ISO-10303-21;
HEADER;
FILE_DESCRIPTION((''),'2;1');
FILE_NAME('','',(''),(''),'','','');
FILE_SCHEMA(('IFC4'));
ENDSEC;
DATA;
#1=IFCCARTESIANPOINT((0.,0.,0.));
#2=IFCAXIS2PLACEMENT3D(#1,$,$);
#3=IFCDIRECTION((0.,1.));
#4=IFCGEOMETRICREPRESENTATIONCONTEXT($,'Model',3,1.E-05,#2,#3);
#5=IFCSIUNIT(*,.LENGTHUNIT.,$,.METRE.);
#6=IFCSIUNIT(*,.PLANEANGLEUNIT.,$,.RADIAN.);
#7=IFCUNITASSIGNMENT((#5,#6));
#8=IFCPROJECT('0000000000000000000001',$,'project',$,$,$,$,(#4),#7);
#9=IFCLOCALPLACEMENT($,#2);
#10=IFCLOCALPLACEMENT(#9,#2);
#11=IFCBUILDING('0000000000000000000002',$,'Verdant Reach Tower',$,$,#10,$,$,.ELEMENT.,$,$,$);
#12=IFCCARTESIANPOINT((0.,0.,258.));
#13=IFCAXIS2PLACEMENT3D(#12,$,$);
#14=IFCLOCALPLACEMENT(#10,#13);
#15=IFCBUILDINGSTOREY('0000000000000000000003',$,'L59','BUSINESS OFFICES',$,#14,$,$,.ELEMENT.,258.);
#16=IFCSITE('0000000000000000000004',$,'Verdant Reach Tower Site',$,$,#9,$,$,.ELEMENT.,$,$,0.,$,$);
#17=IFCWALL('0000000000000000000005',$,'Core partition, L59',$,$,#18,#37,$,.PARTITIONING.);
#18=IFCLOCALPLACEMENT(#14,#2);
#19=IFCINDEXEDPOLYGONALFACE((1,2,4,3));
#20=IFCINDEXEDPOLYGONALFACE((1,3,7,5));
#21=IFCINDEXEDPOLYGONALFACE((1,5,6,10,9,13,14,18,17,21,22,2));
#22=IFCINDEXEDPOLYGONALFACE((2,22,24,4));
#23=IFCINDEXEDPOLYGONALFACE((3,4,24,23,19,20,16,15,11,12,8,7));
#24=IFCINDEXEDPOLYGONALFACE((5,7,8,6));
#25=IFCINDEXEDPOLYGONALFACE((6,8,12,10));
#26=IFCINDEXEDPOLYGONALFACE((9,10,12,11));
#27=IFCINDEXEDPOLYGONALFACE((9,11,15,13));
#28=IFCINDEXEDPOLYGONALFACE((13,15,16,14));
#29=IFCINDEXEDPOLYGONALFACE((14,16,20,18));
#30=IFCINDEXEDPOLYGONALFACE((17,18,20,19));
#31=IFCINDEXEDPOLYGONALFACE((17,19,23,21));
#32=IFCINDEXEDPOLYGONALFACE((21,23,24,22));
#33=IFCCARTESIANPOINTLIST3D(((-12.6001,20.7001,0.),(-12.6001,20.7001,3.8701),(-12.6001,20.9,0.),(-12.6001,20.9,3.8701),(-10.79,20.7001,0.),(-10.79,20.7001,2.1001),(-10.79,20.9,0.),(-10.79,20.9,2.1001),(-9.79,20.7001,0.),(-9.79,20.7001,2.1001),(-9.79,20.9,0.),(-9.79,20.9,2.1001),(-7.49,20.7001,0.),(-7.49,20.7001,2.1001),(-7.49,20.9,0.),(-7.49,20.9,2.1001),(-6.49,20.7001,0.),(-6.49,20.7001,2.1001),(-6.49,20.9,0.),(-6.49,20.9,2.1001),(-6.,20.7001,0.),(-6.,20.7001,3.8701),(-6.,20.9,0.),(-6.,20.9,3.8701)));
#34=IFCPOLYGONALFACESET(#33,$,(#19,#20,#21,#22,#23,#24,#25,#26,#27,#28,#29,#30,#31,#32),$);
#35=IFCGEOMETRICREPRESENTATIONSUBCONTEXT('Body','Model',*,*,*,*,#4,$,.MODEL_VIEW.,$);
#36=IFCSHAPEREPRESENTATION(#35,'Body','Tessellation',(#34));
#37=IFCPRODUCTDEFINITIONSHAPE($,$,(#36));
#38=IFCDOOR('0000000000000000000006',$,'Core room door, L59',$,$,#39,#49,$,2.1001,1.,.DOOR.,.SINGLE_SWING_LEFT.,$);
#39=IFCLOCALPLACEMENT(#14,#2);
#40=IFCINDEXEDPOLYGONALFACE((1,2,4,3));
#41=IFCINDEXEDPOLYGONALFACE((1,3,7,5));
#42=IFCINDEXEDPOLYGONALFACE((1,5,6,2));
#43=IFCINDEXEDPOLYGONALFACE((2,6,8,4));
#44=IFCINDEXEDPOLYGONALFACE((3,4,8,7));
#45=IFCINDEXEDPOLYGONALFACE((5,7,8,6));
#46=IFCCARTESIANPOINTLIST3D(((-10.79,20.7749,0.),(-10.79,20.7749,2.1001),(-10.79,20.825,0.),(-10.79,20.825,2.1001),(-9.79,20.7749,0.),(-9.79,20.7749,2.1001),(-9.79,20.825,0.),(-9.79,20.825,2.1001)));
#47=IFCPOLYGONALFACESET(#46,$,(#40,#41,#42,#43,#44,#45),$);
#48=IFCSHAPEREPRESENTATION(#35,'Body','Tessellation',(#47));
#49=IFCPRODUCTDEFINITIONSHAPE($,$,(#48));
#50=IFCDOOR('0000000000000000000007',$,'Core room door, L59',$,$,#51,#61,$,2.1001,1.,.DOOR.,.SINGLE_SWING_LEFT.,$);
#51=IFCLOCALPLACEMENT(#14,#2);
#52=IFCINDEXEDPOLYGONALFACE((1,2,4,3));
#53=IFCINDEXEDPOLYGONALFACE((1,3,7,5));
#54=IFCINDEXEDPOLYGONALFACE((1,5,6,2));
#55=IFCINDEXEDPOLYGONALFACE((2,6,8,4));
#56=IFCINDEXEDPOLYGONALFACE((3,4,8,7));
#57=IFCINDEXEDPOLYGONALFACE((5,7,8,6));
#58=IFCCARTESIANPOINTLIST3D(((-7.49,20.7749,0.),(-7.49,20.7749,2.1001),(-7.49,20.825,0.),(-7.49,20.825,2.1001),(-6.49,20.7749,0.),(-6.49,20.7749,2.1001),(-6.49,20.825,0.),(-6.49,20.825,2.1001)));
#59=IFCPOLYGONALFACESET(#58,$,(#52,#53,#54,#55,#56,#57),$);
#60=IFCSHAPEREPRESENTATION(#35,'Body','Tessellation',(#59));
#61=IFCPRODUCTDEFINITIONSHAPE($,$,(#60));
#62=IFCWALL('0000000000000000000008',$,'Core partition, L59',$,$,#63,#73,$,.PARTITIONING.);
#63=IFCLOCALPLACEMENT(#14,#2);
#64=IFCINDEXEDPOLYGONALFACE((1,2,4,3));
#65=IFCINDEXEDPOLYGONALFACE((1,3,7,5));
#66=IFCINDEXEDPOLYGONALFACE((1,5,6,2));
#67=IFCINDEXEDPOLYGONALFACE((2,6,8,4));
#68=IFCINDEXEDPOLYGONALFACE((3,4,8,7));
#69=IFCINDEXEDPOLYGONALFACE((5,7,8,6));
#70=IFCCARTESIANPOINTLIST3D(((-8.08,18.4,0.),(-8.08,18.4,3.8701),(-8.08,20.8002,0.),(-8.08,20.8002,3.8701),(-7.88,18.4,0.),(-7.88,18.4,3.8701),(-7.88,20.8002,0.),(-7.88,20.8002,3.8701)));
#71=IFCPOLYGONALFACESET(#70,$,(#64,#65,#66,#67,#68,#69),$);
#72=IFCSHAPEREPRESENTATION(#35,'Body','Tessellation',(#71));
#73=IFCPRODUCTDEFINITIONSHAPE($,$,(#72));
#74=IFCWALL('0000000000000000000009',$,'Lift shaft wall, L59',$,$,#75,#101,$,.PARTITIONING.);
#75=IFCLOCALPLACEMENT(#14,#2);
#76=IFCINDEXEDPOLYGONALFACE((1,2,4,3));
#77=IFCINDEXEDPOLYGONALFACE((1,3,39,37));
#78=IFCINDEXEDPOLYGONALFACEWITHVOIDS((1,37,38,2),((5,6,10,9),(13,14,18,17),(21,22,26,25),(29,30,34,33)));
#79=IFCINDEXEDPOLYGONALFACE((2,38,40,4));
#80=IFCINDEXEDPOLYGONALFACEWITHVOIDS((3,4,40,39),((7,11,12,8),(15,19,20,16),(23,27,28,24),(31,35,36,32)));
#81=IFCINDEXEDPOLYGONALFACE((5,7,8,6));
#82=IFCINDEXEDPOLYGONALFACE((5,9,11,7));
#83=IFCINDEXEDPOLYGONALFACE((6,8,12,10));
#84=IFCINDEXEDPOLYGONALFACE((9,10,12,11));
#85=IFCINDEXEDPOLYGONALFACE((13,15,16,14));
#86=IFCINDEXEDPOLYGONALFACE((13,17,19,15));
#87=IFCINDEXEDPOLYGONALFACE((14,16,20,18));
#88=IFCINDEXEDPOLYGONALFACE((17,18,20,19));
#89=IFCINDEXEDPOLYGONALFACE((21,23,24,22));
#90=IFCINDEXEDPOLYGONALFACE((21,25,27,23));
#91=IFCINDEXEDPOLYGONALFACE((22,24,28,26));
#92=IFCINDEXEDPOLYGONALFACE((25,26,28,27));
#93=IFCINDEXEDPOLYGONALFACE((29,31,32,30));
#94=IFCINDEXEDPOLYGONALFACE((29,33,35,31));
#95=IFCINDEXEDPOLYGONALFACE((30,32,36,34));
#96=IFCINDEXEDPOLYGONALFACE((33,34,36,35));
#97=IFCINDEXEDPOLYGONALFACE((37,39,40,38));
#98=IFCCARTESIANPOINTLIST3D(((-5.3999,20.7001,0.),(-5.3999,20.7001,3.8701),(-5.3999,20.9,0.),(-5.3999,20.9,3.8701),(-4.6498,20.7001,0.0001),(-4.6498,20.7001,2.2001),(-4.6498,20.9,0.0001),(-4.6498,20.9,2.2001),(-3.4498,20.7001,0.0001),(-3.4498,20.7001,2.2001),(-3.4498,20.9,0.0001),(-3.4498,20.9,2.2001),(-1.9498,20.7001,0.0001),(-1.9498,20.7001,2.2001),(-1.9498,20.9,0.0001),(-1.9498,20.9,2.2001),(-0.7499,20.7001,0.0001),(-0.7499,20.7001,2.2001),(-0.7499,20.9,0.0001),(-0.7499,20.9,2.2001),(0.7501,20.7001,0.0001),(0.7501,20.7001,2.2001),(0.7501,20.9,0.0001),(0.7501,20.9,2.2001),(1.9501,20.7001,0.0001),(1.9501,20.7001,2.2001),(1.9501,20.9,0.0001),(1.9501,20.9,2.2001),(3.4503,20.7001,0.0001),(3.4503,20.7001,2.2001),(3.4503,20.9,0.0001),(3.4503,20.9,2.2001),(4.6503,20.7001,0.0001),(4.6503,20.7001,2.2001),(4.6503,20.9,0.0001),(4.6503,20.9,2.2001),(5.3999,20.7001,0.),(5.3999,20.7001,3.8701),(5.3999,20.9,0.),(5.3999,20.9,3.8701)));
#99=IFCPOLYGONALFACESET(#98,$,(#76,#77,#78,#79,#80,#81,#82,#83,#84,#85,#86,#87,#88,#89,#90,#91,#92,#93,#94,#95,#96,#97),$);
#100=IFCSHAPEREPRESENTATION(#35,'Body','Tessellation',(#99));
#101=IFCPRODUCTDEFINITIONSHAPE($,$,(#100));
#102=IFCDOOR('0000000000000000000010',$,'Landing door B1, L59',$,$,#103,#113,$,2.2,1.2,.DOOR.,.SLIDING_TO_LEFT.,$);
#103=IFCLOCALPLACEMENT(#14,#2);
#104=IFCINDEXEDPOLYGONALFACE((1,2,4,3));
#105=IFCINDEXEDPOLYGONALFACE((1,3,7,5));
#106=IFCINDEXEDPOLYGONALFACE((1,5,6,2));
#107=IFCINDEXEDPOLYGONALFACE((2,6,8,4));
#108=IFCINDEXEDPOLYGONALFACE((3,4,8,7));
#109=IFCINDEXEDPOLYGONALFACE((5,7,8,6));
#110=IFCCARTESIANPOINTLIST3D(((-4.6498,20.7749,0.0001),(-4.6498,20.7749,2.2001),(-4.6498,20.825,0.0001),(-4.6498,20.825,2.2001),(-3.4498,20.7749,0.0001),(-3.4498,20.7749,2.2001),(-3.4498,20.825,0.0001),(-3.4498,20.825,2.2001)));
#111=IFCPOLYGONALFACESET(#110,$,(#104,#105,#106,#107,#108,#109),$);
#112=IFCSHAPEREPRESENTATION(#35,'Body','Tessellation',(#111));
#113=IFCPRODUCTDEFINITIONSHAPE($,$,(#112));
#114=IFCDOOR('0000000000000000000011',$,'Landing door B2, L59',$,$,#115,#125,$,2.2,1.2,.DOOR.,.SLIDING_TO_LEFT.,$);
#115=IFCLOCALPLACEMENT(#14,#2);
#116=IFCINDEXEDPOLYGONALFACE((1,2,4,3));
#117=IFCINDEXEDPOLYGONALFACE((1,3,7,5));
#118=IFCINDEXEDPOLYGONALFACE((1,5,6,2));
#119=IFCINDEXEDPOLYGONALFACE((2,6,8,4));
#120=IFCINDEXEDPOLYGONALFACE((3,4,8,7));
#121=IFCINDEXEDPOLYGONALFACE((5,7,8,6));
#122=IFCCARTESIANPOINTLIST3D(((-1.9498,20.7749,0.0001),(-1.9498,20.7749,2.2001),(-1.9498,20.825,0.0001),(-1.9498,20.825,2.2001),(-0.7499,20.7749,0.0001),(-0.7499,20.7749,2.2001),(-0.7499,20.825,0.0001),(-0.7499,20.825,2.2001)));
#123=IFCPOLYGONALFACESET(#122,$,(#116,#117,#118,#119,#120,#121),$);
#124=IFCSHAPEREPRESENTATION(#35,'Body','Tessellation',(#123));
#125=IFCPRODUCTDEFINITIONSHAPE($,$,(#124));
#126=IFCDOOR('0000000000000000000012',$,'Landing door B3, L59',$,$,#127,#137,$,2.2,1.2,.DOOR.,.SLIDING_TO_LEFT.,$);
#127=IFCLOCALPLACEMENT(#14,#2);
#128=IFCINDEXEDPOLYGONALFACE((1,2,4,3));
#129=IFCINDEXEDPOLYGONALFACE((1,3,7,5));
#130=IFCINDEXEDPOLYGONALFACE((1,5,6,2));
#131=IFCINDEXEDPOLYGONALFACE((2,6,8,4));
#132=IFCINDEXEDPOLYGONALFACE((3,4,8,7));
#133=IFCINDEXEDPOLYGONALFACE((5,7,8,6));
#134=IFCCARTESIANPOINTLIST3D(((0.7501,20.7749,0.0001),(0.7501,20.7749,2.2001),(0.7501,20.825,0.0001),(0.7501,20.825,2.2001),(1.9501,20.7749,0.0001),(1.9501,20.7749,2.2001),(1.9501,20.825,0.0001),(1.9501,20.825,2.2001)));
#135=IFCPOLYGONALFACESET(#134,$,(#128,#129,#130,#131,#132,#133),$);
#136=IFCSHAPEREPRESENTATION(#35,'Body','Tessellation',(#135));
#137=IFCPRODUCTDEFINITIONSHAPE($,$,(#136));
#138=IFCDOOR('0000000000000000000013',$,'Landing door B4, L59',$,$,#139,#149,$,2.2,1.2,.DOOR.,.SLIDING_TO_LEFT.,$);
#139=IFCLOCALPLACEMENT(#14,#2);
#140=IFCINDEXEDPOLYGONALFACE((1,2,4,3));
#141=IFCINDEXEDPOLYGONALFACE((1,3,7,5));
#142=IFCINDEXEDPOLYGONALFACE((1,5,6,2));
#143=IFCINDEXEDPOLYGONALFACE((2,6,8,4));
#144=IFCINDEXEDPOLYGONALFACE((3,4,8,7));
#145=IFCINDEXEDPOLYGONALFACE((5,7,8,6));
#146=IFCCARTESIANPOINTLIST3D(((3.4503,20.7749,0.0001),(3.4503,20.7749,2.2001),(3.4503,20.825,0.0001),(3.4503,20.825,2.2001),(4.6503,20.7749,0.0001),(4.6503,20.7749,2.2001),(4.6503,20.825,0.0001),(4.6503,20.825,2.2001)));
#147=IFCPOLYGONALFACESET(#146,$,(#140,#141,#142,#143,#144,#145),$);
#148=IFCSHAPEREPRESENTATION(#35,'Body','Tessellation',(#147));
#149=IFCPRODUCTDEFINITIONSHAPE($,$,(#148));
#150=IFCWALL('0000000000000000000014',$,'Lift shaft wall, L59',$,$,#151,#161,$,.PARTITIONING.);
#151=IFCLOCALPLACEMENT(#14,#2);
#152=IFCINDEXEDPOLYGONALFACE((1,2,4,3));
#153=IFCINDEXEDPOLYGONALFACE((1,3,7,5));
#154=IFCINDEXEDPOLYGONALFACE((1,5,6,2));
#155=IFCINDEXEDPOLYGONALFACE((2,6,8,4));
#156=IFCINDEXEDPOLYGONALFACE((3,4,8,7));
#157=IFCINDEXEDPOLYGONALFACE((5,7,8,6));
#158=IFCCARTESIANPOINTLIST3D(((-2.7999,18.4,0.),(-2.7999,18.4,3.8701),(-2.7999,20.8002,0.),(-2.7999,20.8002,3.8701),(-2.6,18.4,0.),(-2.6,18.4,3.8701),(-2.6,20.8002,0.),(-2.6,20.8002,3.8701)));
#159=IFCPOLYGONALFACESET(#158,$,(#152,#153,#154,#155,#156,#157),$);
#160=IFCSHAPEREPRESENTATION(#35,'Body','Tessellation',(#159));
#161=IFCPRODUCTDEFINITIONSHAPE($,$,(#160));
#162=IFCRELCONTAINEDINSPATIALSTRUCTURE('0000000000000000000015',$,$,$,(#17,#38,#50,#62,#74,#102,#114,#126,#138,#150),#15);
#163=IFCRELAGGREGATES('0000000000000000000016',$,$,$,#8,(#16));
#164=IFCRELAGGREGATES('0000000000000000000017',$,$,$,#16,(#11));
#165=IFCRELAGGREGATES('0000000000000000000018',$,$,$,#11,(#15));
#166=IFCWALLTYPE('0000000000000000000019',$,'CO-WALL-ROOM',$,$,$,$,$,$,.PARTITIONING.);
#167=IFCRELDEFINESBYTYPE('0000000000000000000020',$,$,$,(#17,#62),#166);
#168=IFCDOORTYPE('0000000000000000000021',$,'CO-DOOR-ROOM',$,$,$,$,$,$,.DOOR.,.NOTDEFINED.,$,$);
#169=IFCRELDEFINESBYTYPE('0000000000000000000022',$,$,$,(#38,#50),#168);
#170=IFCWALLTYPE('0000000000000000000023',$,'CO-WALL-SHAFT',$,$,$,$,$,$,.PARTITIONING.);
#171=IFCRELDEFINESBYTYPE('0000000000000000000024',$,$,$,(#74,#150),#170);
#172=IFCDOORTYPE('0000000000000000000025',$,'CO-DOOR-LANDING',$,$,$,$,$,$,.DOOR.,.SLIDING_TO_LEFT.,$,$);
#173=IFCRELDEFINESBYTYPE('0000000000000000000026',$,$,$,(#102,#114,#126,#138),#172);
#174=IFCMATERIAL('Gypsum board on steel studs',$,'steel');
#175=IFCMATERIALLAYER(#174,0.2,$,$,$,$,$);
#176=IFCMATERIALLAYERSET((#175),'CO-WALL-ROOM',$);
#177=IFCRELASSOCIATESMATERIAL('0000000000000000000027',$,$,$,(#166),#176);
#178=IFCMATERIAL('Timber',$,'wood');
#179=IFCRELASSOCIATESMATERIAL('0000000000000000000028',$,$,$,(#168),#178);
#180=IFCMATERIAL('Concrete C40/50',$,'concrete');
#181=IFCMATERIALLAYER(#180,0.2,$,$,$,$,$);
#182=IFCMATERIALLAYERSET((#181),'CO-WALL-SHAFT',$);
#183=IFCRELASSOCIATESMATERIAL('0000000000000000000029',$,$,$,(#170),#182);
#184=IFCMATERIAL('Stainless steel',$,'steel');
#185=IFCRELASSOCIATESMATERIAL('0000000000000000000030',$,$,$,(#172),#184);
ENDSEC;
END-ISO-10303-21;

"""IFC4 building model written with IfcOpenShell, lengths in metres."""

from ifc_helpers import new_model, si_unit, direction, frame, frame_2d, origin, place, context, subcontext, project, spatial, rectangle, extrude, material, layer, layer_set, type_object, element, fill, save


model = new_model("IFC4")

# Units and contexts
model_context = context("Model", 3, precision=1e-05, world=origin(), true_north=direction((0.0, 1.0)))
body_context = subcontext(model_context, "Body", "Model", "MODEL_VIEW")
ifc_project = project(units=[si_unit("LENGTHUNIT", "METRE"), si_unit("PLANEANGLEUNIT", "RADIAN")], contexts=[model_context])

# Site, building, storey
site_placement = place(None, origin())
site = spatial("IfcSite", under=ifc_project, at=site_placement, Name="Verdant Reach Tower Site", CompositionType="ELEMENT", RefElevation=0.0)
building_placement = place(site_placement, origin())
building = spatial("IfcBuilding", under=site, at=building_placement, Name="Verdant Reach Tower", CompositionType="ELEMENT")
storey_placement = place(building_placement, frame((0.0, 0.0, 258.0)))
storey = spatial("IfcBuildingStorey", under=building, at=storey_placement, Name="L59", Description="BUSINESS OFFICES", CompositionType="ELEMENT", Elevation=258.0)

# Wall, openings, doors
ifc_material_1 = material(Name="Gypsum board on steel studs", Category="steel")
ifc_layer_1 = layer(ifc_material_1, 0.2)
ifc_layer_set_1 = layer_set([ifc_layer_1], Name="CO-WALL-ROOM")
wall_type_1 = type_object("IfcWallType", Name="CO-WALL-ROOM", PredefinedType="PARTITIONING", material=ifc_layer_set_1)
wall_1_placement = place(storey_placement, frame((-12.6001, 20.8, 0.0), z_axis=(0.0, 0.0, 1.0), x_axis=(1.0, 0.0, 0.0)))
wall_1 = element("IfcWall", 1, at=wall_1_placement, inside=storey, type_object=wall_type_1, Name="Core partition, L59", PredefinedType="PARTITIONING", context=body_context, shape_type="SweptSolid", body=[
    extrude(rectangle(XDim=6.6001, YDim=0.2, at=frame_2d((3.3, 0.0))), origin(), (0.0, 0.0, 1.0), 3.8701),
])
opening_1_placement = place(wall_1_placement, frame((1.8101, 0.0, 0.0)))
opening_1 = element("IfcOpeningElement", 2, at=opening_1_placement, cuts=wall_1, PredefinedType="OPENING", context=body_context, shape_type="SweptSolid", body=[
    extrude(rectangle(XDim=1.0, YDim=2.1001, at=frame_2d((0.5, 1.05))), frame((0.0, 0.1099, 0.0), z_axis=(0.0, -1.0, 0.0), x_axis=(1.0, 0.0, 0.0)), (0.0, 0.0, 1.0), 0.22),
])
opening_2_placement = place(wall_1_placement, frame((5.1101, 0.0, 0.0)))
opening_2 = element("IfcOpeningElement", 3, at=opening_2_placement, cuts=wall_1, PredefinedType="OPENING", context=body_context, shape_type="SweptSolid", body=[
    extrude(rectangle(XDim=1.0, YDim=2.1001, at=frame_2d((0.5, 1.05))), frame((0.0, 0.1099, 0.0), z_axis=(0.0, -1.0, 0.0), x_axis=(1.0, 0.0, 0.0)), (0.0, 0.0, 1.0), 0.22),
])
ifc_material_2 = material(Name="Timber", Category="wood")
door_type_1 = type_object("IfcDoorType", Name="CO-DOOR-ROOM", OperationType="NOTDEFINED", PredefinedType="DOOR", material=ifc_material_2)
door_1_placement = place(opening_1_placement, origin())
door_1 = element("IfcDoor", 4, at=door_1_placement, inside=storey, type_object=door_type_1, Name="Core room door, L59", OperationType="SINGLE_SWING_LEFT", OverallHeight=2.1001, OverallWidth=1.0, PredefinedType="DOOR", context=body_context, shape_type="SweptSolid", body=[
    extrude(rectangle(XDim=1.0, YDim=2.1001, at=frame_2d((0.5, 1.05))), frame((0.0, 0.0249, 0.0), z_axis=(0.0, -1.0, 0.0), x_axis=(1.0, 0.0, 0.0)), (0.0, 0.0, 1.0), 0.05),
])
fill(opening_1, door_1)
door_2_placement = place(opening_2_placement, origin())
door_2 = element("IfcDoor", 5, at=door_2_placement, inside=storey, type_object=door_type_1, Name="Core room door, L59", OperationType="SINGLE_SWING_LEFT", OverallHeight=2.1001, OverallWidth=1.0, PredefinedType="DOOR", context=body_context, shape_type="SweptSolid", body=[
    extrude(rectangle(XDim=1.0, YDim=2.1001, at=frame_2d((0.5, 1.05))), frame((0.0, 0.0249, 0.0), z_axis=(0.0, -1.0, 0.0), x_axis=(1.0, 0.0, 0.0)), (0.0, 0.0, 1.0), 0.05),
])
fill(opening_2, door_2)

# Wall
wall_2_placement = place(storey_placement, frame((-7.98, 18.3999, 0.0), z_axis=(0.0, 0.0, 1.0), x_axis=(0.0, 1.0, 0.0)))
element("IfcWall", 6, at=wall_2_placement, inside=storey, type_object=wall_type_1, Name="Core partition, L59", PredefinedType="PARTITIONING", context=body_context, shape_type="SweptSolid", body=[
    extrude(rectangle(XDim=2.4001, YDim=0.2, at=frame_2d((1.2002, 0.0))), origin(), (0.0, 0.0, 1.0), 3.8701),
])

# Wall, openings, doors
ifc_material_3 = material(Name="Concrete C40/50", Category="concrete")
ifc_layer_2 = layer(ifc_material_3, 0.2)
ifc_layer_set_2 = layer_set([ifc_layer_2], Name="CO-WALL-SHAFT")
wall_type_2 = type_object("IfcWallType", Name="CO-WALL-SHAFT", PredefinedType="PARTITIONING", material=ifc_layer_set_2)
wall_3_placement = place(storey_placement, frame((-5.3999, 20.8, 0.0), z_axis=(0.0, 0.0, 1.0), x_axis=(1.0, 0.0, 0.0)))
wall_3 = element("IfcWall", 7, at=wall_3_placement, inside=storey, type_object=wall_type_2, Name="Lift shaft wall, L59", PredefinedType="PARTITIONING", context=body_context, shape_type="SweptSolid", body=[
    extrude(rectangle(XDim=10.7998, YDim=0.2, at=frame_2d((5.3999, 0.0))), origin(), (0.0, 0.0, 1.0), 3.8701),
])
opening_3_placement = place(wall_3_placement, frame((0.75, 0.0, 0.0)))
opening_3 = element("IfcOpeningElement", 8, at=opening_3_placement, cuts=wall_3, PredefinedType="OPENING", context=body_context, shape_type="SweptSolid", body=[
    extrude(rectangle(XDim=1.2, YDim=2.2, at=frame_2d((0.6001, 1.1001))), frame((0.0, 0.1099, 0.0), z_axis=(0.0, -1.0, 0.0), x_axis=(1.0, 0.0, 0.0)), (0.0, 0.0, 1.0), 0.22),
])
opening_4_placement = place(wall_3_placement, frame((3.45, 0.0, 0.0)))
opening_4 = element("IfcOpeningElement", 9, at=opening_4_placement, cuts=wall_3, PredefinedType="OPENING", context=body_context, shape_type="SweptSolid", body=[
    extrude(rectangle(XDim=1.2, YDim=2.2, at=frame_2d((0.6001, 1.1001))), frame((0.0, 0.1099, 0.0), z_axis=(0.0, -1.0, 0.0), x_axis=(1.0, 0.0, 0.0)), (0.0, 0.0, 1.0), 0.22),
])
opening_5_placement = place(wall_3_placement, frame((6.1499, 0.0, 0.0)))
opening_5 = element("IfcOpeningElement", 10, at=opening_5_placement, cuts=wall_3, PredefinedType="OPENING", context=body_context, shape_type="SweptSolid", body=[
    extrude(rectangle(XDim=1.2, YDim=2.2, at=frame_2d((0.6001, 1.1001))), frame((0.0, 0.1099, 0.0), z_axis=(0.0, -1.0, 0.0), x_axis=(1.0, 0.0, 0.0)), (0.0, 0.0, 1.0), 0.22),
])
opening_6_placement = place(wall_3_placement, frame((8.8501, 0.0, 0.0)))
opening_6 = element("IfcOpeningElement", 11, at=opening_6_placement, cuts=wall_3, PredefinedType="OPENING", context=body_context, shape_type="SweptSolid", body=[
    extrude(rectangle(XDim=1.2, YDim=2.2, at=frame_2d((0.6001, 1.1001))), frame((0.0, 0.1099, 0.0), z_axis=(0.0, -1.0, 0.0), x_axis=(1.0, 0.0, 0.0)), (0.0, 0.0, 1.0), 0.22),
])
ifc_material_4 = material(Name="Stainless steel", Category="steel")
door_type_2 = type_object("IfcDoorType", Name="CO-DOOR-LANDING", OperationType="SLIDING_TO_LEFT", PredefinedType="DOOR", material=ifc_material_4)
door_3_placement = place(opening_3_placement, origin())
door_3 = element("IfcDoor", 12, at=door_3_placement, inside=storey, type_object=door_type_2, Name="Landing door B1, L59", OperationType="SLIDING_TO_LEFT", OverallHeight=2.2, OverallWidth=1.2, PredefinedType="DOOR", context=body_context, shape_type="SweptSolid", body=[
    extrude(rectangle(XDim=1.2, YDim=2.2, at=frame_2d((0.6001, 1.1001))), frame((0.0, 0.0249, 0.0), z_axis=(0.0, -1.0, 0.0), x_axis=(1.0, 0.0, 0.0)), (0.0, 0.0, 1.0), 0.05),
])
fill(opening_3, door_3)
door_4_placement = place(opening_4_placement, origin())
door_4 = element("IfcDoor", 13, at=door_4_placement, inside=storey, type_object=door_type_2, Name="Landing door B2, L59", OperationType="SLIDING_TO_LEFT", OverallHeight=2.2, OverallWidth=1.2, PredefinedType="DOOR", context=body_context, shape_type="SweptSolid", body=[
    extrude(rectangle(XDim=1.2, YDim=2.2, at=frame_2d((0.6001, 1.1001))), frame((0.0, 0.0249, 0.0), z_axis=(0.0, -1.0, 0.0), x_axis=(1.0, 0.0, 0.0)), (0.0, 0.0, 1.0), 0.05),
])
fill(opening_4, door_4)
door_5_placement = place(opening_5_placement, origin())
door_5 = element("IfcDoor", 14, at=door_5_placement, inside=storey, type_object=door_type_2, Name="Landing door B3, L59", OperationType="SLIDING_TO_LEFT", OverallHeight=2.2, OverallWidth=1.2, PredefinedType="DOOR", context=body_context, shape_type="SweptSolid", body=[
    extrude(rectangle(XDim=1.2, YDim=2.2, at=frame_2d((0.6001, 1.1001))), frame((0.0, 0.0249, 0.0), z_axis=(0.0, -1.0, 0.0), x_axis=(1.0, 0.0, 0.0)), (0.0, 0.0, 1.0), 0.05),
])
fill(opening_5, door_5)
door_6_placement = place(opening_6_placement, origin())
door_6 = element("IfcDoor", 15, at=door_6_placement, inside=storey, type_object=door_type_2, Name="Landing door B4, L59", OperationType="SLIDING_TO_LEFT", OverallHeight=2.2, OverallWidth=1.2, PredefinedType="DOOR", context=body_context, shape_type="SweptSolid", body=[
    extrude(rectangle(XDim=1.2, YDim=2.2, at=frame_2d((0.6001, 1.1001))), frame((0.0, 0.0249, 0.0), z_axis=(0.0, -1.0, 0.0), x_axis=(1.0, 0.0, 0.0)), (0.0, 0.0, 1.0), 0.05),
])
fill(opening_6, door_6)

# Wall
wall_4_placement = place(storey_placement, frame((-2.7, 18.3999, 0.0), z_axis=(0.0, 0.0, 1.0), x_axis=(0.0, 1.0, 0.0)))
element("IfcWall", 16, at=wall_4_placement, inside=storey, type_object=wall_type_2, Name="Lift shaft wall, L59", PredefinedType="PARTITIONING", context=body_context, shape_type="SweptSolid", body=[
    extrude(rectangle(XDim=2.4001, YDim=0.2, at=frame_2d((1.2002, 0.0))), origin(), (0.0, 0.0, 1.0), 3.8701),
])

save(model, "model.ifc")
